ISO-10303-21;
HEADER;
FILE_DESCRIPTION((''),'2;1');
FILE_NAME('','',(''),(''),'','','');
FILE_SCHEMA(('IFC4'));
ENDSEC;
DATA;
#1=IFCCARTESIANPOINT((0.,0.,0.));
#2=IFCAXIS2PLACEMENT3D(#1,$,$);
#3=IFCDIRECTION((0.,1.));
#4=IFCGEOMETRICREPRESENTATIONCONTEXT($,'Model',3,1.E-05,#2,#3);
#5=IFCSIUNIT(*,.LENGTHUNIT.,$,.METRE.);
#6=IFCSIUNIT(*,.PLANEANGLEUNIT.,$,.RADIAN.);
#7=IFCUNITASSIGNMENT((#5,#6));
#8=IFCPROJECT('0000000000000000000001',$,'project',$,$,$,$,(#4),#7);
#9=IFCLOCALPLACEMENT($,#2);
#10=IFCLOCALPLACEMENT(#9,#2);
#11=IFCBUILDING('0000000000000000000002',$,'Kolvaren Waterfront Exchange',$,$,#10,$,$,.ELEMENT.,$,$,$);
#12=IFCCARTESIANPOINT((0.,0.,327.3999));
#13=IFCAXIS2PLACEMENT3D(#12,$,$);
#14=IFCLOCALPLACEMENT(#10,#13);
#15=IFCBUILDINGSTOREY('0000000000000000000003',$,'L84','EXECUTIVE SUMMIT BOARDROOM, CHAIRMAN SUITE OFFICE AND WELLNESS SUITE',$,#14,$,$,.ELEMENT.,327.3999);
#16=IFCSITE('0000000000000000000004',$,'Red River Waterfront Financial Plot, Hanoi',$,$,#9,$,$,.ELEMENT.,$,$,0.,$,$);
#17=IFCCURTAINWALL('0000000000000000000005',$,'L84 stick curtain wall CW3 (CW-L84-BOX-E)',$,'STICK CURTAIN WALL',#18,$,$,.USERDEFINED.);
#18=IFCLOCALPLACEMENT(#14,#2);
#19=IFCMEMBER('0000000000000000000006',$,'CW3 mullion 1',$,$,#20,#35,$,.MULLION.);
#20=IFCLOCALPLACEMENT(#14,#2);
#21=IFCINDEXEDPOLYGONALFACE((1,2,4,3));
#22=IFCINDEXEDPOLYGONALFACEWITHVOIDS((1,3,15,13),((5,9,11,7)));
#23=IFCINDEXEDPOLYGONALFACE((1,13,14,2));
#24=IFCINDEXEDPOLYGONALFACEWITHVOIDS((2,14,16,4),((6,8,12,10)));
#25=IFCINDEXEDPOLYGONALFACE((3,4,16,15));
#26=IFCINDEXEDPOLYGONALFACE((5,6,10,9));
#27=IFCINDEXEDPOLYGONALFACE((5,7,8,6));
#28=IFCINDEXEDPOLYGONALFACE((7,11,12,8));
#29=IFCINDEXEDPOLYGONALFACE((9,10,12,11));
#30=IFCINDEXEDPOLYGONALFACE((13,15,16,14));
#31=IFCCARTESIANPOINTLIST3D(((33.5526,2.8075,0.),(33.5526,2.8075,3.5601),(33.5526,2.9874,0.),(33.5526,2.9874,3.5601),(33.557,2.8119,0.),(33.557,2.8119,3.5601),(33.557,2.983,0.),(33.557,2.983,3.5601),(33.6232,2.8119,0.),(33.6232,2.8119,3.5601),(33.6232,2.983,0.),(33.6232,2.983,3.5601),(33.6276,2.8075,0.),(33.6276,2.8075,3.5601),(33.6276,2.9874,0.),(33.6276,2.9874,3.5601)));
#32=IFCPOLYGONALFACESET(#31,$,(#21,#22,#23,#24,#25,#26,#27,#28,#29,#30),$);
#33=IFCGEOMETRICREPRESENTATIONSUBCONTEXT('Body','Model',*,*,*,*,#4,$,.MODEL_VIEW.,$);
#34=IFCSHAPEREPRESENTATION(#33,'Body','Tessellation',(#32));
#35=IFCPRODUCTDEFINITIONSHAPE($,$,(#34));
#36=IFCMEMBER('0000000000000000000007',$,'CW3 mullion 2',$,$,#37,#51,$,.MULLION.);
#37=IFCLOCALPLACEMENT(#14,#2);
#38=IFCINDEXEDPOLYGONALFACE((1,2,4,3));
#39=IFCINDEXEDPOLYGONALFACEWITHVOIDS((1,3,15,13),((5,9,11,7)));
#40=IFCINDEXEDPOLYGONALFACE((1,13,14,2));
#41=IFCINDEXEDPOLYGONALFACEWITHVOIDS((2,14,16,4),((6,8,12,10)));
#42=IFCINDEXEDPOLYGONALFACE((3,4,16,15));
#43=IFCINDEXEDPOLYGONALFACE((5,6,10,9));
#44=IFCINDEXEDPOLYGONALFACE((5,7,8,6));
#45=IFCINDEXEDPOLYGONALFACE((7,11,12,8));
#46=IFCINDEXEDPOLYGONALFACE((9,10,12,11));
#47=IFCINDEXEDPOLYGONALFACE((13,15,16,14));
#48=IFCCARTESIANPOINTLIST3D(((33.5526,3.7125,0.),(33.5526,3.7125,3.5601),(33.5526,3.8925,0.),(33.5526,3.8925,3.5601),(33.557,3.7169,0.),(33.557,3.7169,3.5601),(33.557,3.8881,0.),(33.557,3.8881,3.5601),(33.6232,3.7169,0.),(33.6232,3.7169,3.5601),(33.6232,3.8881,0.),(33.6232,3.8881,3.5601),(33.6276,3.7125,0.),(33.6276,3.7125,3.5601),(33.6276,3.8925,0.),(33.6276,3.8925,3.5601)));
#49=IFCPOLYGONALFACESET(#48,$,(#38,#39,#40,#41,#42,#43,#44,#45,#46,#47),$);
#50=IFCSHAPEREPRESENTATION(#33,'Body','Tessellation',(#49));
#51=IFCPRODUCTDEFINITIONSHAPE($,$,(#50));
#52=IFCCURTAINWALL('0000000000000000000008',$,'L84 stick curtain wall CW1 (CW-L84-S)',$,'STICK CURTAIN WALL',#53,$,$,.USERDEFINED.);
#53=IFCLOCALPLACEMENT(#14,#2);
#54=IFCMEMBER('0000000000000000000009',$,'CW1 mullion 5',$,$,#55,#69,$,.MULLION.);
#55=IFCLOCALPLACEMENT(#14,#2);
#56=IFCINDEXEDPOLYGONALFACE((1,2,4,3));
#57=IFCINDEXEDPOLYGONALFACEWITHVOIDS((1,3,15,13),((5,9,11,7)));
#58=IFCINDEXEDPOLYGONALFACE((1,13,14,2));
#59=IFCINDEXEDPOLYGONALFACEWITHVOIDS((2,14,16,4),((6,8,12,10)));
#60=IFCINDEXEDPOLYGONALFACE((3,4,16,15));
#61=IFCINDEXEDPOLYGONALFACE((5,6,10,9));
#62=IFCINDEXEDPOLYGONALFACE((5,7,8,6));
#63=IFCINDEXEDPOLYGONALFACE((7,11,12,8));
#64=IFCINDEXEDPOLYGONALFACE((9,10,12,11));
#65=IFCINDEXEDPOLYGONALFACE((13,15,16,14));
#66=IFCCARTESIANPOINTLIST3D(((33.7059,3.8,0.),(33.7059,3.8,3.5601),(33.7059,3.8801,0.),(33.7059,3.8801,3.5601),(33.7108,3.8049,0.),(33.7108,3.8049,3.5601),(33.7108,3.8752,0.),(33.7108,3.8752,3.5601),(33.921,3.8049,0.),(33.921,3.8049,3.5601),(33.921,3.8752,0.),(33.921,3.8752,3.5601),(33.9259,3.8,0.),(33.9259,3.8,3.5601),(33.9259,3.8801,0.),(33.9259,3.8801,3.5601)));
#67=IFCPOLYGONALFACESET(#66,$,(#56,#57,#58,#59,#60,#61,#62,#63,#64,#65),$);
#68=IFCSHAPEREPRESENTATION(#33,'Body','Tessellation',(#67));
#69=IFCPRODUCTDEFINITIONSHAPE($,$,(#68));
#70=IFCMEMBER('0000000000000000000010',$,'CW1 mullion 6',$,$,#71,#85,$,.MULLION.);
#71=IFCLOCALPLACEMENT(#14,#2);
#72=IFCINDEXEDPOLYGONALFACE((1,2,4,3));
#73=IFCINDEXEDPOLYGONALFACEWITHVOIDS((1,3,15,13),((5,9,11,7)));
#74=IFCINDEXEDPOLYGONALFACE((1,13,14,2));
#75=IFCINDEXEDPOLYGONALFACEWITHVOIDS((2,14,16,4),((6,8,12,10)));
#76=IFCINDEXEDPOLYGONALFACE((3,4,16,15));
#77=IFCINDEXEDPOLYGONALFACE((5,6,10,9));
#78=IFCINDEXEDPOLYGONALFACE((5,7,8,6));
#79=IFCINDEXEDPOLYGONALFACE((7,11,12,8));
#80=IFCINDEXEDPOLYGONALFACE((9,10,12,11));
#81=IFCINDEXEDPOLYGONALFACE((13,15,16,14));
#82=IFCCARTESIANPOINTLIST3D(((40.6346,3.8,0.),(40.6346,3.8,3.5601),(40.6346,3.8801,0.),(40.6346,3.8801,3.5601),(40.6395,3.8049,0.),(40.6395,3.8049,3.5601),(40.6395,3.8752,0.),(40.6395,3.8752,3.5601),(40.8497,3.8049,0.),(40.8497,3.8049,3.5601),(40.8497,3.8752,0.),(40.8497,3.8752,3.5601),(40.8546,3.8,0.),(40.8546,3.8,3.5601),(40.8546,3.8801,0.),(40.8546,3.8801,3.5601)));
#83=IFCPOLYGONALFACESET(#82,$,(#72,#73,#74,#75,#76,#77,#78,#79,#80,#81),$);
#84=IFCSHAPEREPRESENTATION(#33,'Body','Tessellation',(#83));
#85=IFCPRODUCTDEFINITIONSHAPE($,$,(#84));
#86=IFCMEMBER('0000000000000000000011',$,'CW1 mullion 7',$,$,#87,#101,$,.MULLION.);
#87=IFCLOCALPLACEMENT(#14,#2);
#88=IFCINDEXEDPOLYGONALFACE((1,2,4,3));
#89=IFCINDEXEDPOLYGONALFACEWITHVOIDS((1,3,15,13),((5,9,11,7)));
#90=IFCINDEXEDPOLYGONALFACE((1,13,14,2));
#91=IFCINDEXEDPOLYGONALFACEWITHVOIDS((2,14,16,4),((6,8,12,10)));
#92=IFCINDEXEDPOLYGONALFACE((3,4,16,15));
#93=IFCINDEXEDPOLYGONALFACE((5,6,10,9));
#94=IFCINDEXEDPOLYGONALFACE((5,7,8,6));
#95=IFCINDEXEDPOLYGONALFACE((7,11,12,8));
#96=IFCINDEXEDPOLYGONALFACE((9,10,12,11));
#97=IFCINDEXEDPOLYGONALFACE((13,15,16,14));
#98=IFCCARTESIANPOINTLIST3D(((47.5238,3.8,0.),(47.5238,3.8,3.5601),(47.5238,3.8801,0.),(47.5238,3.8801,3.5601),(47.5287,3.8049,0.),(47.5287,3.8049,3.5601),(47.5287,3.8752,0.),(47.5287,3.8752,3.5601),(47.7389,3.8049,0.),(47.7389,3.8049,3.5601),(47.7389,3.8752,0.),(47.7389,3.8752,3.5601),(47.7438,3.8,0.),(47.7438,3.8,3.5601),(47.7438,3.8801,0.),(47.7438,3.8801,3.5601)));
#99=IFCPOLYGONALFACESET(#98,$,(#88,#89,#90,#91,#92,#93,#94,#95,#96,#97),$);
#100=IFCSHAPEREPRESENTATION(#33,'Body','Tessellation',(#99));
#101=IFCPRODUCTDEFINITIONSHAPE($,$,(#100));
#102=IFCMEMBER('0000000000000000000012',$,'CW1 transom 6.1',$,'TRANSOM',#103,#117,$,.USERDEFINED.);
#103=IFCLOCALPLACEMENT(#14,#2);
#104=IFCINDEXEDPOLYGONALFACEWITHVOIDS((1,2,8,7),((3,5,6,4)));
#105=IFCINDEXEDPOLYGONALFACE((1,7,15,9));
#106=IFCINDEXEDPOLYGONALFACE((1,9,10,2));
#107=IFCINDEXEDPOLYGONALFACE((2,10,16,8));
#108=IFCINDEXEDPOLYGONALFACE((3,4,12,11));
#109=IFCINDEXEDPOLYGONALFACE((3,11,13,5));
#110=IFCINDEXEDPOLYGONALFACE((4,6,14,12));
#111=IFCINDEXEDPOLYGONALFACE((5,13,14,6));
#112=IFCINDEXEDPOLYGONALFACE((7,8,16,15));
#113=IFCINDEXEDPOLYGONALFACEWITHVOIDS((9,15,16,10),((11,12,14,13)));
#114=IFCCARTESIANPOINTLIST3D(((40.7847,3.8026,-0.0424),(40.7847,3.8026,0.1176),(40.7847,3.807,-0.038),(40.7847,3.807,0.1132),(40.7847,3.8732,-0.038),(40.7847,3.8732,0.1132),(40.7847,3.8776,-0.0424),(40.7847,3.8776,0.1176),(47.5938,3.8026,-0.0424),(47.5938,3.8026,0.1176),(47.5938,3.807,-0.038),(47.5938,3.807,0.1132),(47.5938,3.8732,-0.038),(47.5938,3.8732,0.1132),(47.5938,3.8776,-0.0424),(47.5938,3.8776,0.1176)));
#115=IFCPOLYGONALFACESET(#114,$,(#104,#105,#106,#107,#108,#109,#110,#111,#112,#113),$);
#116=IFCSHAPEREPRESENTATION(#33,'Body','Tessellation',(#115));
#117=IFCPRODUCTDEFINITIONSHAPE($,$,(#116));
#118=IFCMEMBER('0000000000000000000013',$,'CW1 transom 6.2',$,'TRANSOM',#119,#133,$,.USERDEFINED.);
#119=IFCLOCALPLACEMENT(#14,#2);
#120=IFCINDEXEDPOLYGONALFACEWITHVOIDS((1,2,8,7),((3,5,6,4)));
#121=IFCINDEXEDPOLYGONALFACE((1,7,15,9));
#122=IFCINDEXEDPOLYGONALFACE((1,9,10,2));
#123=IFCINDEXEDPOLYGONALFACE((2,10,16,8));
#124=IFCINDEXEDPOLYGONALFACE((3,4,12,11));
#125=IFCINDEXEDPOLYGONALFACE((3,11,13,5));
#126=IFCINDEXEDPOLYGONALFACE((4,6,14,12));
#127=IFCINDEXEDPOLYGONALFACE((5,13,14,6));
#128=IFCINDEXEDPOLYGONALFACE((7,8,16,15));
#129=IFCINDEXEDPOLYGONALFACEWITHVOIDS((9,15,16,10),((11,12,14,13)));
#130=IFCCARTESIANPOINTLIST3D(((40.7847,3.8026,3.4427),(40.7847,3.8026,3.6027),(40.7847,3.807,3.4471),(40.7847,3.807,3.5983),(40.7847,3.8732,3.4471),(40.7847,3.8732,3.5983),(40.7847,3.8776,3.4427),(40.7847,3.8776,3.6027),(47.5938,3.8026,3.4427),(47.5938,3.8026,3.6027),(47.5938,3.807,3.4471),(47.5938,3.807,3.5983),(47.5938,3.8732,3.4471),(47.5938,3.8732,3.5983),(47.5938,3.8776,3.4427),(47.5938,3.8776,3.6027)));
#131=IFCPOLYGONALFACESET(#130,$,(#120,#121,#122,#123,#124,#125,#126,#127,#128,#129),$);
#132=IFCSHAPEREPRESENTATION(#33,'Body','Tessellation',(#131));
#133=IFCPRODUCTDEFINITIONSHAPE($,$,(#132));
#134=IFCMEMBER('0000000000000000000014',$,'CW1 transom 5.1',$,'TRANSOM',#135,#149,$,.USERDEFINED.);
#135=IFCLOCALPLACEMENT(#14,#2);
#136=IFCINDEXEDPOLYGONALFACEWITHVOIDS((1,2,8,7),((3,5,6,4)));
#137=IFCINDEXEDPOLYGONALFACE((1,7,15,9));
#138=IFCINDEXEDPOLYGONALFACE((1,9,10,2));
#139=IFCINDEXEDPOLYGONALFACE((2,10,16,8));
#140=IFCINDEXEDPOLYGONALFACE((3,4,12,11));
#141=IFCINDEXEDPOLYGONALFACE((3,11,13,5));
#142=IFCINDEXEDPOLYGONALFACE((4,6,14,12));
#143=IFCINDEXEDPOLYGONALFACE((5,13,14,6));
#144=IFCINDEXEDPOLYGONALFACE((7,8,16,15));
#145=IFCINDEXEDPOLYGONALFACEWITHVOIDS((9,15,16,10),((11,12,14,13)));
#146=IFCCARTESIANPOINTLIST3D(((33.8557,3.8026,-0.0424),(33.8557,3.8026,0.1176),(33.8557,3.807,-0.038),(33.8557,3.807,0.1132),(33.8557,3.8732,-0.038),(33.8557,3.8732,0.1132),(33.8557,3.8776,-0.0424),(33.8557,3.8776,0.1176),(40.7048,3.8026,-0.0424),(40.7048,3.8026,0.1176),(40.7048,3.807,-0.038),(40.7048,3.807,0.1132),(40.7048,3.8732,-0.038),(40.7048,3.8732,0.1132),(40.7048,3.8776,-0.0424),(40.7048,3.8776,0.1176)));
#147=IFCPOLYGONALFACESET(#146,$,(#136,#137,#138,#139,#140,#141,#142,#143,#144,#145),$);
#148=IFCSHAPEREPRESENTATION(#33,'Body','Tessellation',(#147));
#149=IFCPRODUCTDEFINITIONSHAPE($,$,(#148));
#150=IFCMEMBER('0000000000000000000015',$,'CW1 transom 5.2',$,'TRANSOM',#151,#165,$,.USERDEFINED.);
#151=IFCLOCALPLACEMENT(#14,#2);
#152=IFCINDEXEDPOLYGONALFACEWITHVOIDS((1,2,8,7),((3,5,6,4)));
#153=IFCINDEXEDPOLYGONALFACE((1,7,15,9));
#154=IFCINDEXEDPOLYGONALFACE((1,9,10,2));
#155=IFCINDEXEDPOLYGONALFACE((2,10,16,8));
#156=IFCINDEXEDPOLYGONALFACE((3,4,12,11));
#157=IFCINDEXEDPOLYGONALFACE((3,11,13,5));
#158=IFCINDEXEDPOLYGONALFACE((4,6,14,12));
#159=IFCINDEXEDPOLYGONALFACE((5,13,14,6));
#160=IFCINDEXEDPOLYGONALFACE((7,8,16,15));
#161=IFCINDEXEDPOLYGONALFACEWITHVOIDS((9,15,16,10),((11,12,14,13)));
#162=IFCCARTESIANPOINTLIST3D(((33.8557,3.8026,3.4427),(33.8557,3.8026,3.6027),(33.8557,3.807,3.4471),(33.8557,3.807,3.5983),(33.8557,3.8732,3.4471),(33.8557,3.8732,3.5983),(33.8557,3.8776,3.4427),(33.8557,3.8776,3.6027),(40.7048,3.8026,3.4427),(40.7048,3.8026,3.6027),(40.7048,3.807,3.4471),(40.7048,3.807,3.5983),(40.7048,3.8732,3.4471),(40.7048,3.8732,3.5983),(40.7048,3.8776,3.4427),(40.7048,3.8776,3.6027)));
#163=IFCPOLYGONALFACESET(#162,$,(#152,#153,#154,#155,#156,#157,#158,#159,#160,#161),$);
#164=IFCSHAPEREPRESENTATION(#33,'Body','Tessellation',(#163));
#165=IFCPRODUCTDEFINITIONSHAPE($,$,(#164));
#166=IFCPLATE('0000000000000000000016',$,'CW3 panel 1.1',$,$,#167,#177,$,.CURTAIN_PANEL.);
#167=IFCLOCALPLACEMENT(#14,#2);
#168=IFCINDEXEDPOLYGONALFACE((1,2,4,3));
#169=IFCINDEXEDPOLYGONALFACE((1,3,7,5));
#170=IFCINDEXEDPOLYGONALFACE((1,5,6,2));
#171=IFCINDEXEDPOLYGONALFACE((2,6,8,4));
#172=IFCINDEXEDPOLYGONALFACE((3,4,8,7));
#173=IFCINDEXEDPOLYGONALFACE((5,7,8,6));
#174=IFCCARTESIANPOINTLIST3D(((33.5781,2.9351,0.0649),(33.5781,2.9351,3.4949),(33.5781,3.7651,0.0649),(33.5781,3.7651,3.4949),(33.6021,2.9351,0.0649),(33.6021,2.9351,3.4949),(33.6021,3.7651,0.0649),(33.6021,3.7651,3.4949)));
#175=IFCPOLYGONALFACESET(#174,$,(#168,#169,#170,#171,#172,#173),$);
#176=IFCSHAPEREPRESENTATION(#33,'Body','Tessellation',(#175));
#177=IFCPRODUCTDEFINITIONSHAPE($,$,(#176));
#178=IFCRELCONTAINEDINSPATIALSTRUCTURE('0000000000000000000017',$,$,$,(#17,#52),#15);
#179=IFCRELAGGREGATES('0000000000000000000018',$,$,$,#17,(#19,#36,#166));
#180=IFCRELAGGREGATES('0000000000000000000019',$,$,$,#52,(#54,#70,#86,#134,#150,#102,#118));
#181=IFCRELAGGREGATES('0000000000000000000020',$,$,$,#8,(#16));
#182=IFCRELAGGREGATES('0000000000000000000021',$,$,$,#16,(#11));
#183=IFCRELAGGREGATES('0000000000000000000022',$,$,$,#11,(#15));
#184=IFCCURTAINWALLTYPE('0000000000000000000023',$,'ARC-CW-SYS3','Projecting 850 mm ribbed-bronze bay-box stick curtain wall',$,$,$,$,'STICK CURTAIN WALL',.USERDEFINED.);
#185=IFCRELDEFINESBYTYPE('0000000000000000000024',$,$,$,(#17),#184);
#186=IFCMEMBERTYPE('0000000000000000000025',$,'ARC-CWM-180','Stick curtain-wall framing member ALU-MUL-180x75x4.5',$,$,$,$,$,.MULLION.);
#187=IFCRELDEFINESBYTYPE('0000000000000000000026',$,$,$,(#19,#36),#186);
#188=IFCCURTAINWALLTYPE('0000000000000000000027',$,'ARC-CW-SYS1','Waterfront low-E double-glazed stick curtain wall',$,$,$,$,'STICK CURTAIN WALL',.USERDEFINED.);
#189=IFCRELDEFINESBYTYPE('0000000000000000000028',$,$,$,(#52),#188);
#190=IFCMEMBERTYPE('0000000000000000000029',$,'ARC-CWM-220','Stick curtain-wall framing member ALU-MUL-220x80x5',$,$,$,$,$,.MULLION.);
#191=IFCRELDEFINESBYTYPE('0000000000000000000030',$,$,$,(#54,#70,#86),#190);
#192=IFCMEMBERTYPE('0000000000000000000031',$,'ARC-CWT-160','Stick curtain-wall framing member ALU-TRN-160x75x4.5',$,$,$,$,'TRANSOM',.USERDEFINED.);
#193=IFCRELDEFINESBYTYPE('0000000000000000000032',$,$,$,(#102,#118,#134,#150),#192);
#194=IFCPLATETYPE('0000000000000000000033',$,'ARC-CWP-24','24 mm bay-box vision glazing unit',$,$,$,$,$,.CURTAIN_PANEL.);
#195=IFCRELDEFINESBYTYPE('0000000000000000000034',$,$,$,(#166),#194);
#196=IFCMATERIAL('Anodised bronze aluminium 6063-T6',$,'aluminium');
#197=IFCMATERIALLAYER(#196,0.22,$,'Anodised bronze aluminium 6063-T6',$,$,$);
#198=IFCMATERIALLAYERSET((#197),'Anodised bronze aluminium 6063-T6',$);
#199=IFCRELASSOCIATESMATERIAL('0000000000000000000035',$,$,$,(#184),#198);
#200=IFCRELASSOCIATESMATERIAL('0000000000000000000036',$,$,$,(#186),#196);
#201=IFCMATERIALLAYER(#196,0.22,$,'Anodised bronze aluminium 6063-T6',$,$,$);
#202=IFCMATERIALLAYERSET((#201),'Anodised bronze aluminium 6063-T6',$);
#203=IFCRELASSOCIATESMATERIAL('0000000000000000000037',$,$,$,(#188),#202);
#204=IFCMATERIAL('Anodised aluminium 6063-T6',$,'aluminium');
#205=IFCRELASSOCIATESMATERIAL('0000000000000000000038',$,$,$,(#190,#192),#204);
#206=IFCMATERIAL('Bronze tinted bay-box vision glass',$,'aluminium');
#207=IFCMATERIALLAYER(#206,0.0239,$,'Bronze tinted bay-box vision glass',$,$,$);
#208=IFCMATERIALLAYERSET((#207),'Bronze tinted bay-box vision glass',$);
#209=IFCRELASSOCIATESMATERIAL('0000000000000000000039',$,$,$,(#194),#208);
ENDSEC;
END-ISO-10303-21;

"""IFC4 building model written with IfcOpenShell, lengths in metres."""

from ifc_helpers import new_model, si_unit, direction, frame, origin, origin_with_axes, origin_2d, place, context, subcontext, project, spatial, rectangle, hollow_rectangle, extrude, source, transform, mapped, material, layer, layer_set, material_profile, profile_set, type_object, element, aggregate, save


model = new_model("IFC4")

# Units and contexts
model_context = context("Model", 3, precision=1e-05, world=origin(), true_north=direction((0.0, 1.0)))
body_context = subcontext(model_context, "Body", "Model", "MODEL_VIEW")
ifc_project = project(units=[si_unit("LENGTHUNIT", "METRE"), si_unit("PLANEANGLEUNIT", "RADIAN")], contexts=[model_context])

# Site, building, storey
site_placement = place(None, origin())
site = spatial("IfcSite", under=ifc_project, at=site_placement, Name="Red River Waterfront Financial Plot, Hanoi", CompositionType="ELEMENT", RefElevation=0.0)
building_placement = place(site_placement, origin())
building = spatial("IfcBuilding", under=site, at=building_placement, Name="Kolvaren Waterfront Exchange", CompositionType="ELEMENT")
storey_placement = place(building_placement, frame((0.0, 0.0, 327.3999)))
storey = spatial("IfcBuildingStorey", under=building, at=storey_placement, Name="L84", Description="EXECUTIVE SUMMIT BOARDROOM, CHAIRMAN SUITE OFFICE AND WELLNESS SUITE", CompositionType="ELEMENT", Elevation=327.3999)

# Curtain wall
ifc_material_1 = material(Name="Anodised bronze aluminium 6063-T6", Category="aluminium")
ifc_layer_1 = layer(ifc_material_1, 0.22, Name="Anodised bronze aluminium 6063-T6")
ifc_layer_set_1 = layer_set([ifc_layer_1], Name="Anodised bronze aluminium 6063-T6")
curtain_wall_type_1 = type_object("IfcCurtainWallType", Name="ARC-CW-SYS3", Description="Projecting 850 mm ribbed-bronze bay-box stick curtain wall", ElementType="STICK CURTAIN WALL", PredefinedType="USERDEFINED", material=ifc_layer_set_1)
curtain_wall_1_placement = place(storey_placement, origin())
curtain_wall_1 = element("IfcCurtainWall", 1, at=curtain_wall_1_placement, inside=storey, type_object=curtain_wall_type_1, Name="L84 stick curtain wall CW3 (CW-L84-BOX-E)", ObjectType="STICK CURTAIN WALL", PredefinedType="USERDEFINED")

# Members
ifc_material_profile_1 = material_profile(ifc_material_1, hollow_rectangle(XDim=0.075, YDim=0.1799, WallThickness=0.0044, at=origin_2d()), Name="ALU-MUL-180x75x4.5")
ifc_profile_set_1 = profile_set([ifc_material_profile_1], Name="Anodised bronze aluminium 6063-T6")
member_type_1 = type_object("IfcMemberType", Name="ARC-CWM-180", Description="Stick curtain-wall framing member ALU-MUL-180x75x4.5", PredefinedType="MULLION", material=ifc_profile_set_1)
shared_shape_1 = source(origin_with_axes(), body_context, "Body", "SweptSolid", [
    extrude(hollow_rectangle(XDim=0.075, YDim=0.1799, WallThickness=0.0044, at=origin_2d()), origin(), (0.0, 0.0, 1.0), 3.5601),
])
member_1_placement = place(storey_placement, frame((33.5901, 2.8975, 0.0), z_axis=(0.0, 0.0, 1.0), x_axis=(-1.0, 0.0, 0.0)))
member_1 = element("IfcMember", 2, at=member_1_placement, type_object=member_type_1, Name="CW3 mullion 1", PredefinedType="MULLION", context=body_context, shape_type="MappedRepresentation", body=[
    mapped(shared_shape_1, transform((0.0, 0.0, 0.0), x_axis=(1.0, 0.0, 0.0), y_axis=(0.0, 1.0, 0.0), z_axis=(0.0, 0.0, 1.0), scale=1.0)),
])
member_2_placement = place(storey_placement, frame((33.5901, 3.8025, 0.0), z_axis=(0.0, 0.0, 1.0), x_axis=(-1.0, 0.0, 0.0)))
member_2 = element("IfcMember", 3, at=member_2_placement, type_object=member_type_1, Name="CW3 mullion 2", PredefinedType="MULLION", context=body_context, shape_type="MappedRepresentation", body=[
    mapped(shared_shape_1, transform((0.0, 0.0, 0.0), x_axis=(1.0, 0.0, 0.0), y_axis=(0.0, 1.0, 0.0), z_axis=(0.0, 0.0, 1.0), scale=1.0)),
])

# Curtain wall, members
ifc_layer_2 = layer(ifc_material_1, 0.22, Name="Anodised bronze aluminium 6063-T6")
ifc_layer_set_2 = layer_set([ifc_layer_2], Name="Anodised bronze aluminium 6063-T6")
curtain_wall_type_2 = type_object("IfcCurtainWallType", Name="ARC-CW-SYS1", Description="Waterfront low-E double-glazed stick curtain wall", ElementType="STICK CURTAIN WALL", PredefinedType="USERDEFINED", material=ifc_layer_set_2)
curtain_wall_2_placement = place(storey_placement, origin())
curtain_wall_2 = element("IfcCurtainWall", 4, at=curtain_wall_2_placement, inside=storey, type_object=curtain_wall_type_2, Name="L84 stick curtain wall CW1 (CW-L84-S)", ObjectType="STICK CURTAIN WALL", PredefinedType="USERDEFINED")
ifc_material_2 = material(Name="Anodised aluminium 6063-T6", Category="aluminium")
ifc_material_profile_2 = material_profile(ifc_material_2, hollow_rectangle(XDim=0.0801, YDim=0.22, WallThickness=0.0049, at=origin_2d()), Name="ALU-MUL-220x80x5")
ifc_profile_set_2 = profile_set([ifc_material_profile_2], Name="Anodised aluminium 6063-T6")
member_type_2 = type_object("IfcMemberType", Name="ARC-CWM-220", Description="Stick curtain-wall framing member ALU-MUL-220x80x5", PredefinedType="MULLION", material=ifc_profile_set_2)
shared_shape_2 = source(origin_with_axes(), body_context, "Body", "SweptSolid", [
    extrude(hollow_rectangle(XDim=0.0801, YDim=0.22, WallThickness=0.0049, at=origin_2d()), origin(), (0.0, 0.0, 1.0), 3.5601),
])
member_3_placement = place(storey_placement, frame((33.8159, 3.8401, 0.0), z_axis=(0.0, 0.0, 1.0), x_axis=(0.0, 1.0, 0.0)))
member_3 = element("IfcMember", 5, at=member_3_placement, type_object=member_type_2, Name="CW1 mullion 5", PredefinedType="MULLION", context=body_context, shape_type="MappedRepresentation", body=[
    mapped(shared_shape_2, transform((0.0, 0.0, 0.0), x_axis=(1.0, 0.0, 0.0), y_axis=(0.0, 1.0, 0.0), z_axis=(0.0, 0.0, 1.0), scale=1.0)),
])
member_4_placement = place(storey_placement, frame((40.7446, 3.8401, 0.0), z_axis=(0.0, 0.0, 1.0), x_axis=(0.0, 1.0, 0.0)))
member_4 = element("IfcMember", 6, at=member_4_placement, type_object=member_type_2, Name="CW1 mullion 6", PredefinedType="MULLION", context=body_context, shape_type="MappedRepresentation", body=[
    mapped(shared_shape_2, transform((0.0, 0.0, 0.0), x_axis=(1.0, 0.0, 0.0), y_axis=(0.0, 1.0, 0.0), z_axis=(0.0, 0.0, 1.0), scale=1.0)),
])
member_5_placement = place(storey_placement, frame((47.6338, 3.8401, 0.0), z_axis=(0.0, 0.0, 1.0), x_axis=(0.0, 1.0, 0.0)))
member_5 = element("IfcMember", 7, at=member_5_placement, type_object=member_type_2, Name="CW1 mullion 7", PredefinedType="MULLION", context=body_context, shape_type="MappedRepresentation", body=[
    mapped(shared_shape_2, transform((0.0, 0.0, 0.0), x_axis=(1.0, 0.0, 0.0), y_axis=(0.0, 1.0, 0.0), z_axis=(0.0, 0.0, 1.0), scale=1.0)),
])
ifc_material_profile_3 = material_profile(ifc_material_2, hollow_rectangle(XDim=0.075, YDim=0.1599, WallThickness=0.0044, at=origin_2d()), Name="ALU-TRN-160x75x4.5")
ifc_profile_set_3 = profile_set([ifc_material_profile_3], Name="Anodised aluminium 6063-T6")
member_type_3 = type_object("IfcMemberType", Name="ARC-CWT-160", Description="Stick curtain-wall framing member ALU-TRN-160x75x4.5", ElementType="TRANSOM", PredefinedType="USERDEFINED", material=ifc_profile_set_3)
shared_shape_3 = source(origin_with_axes(), body_context, "Body", "SweptSolid", [
    extrude(hollow_rectangle(XDim=0.075, YDim=0.1599, WallThickness=0.0044, at=origin_2d()), origin(), (0.0, 0.0, 1.0), 6.8091),
])
member_6_placement = place(storey_placement, frame((40.7847, 3.8401, 0.0376), z_axis=(1.0, 0.0, 0.0), x_axis=(0.0, 1.0, 0.0)))
member_6 = element("IfcMember", 8, at=member_6_placement, type_object=member_type_3, Name="CW1 transom 6.1", ObjectType="TRANSOM", PredefinedType="USERDEFINED", context=body_context, shape_type="MappedRepresentation", body=[
    mapped(shared_shape_3, transform((0.0, 0.0, 0.0), x_axis=(1.0, 0.0, 0.0), y_axis=(0.0, 1.0, 0.0), z_axis=(0.0, 0.0, 1.0), scale=1.0)),
])
member_7_placement = place(storey_placement, frame((40.7847, 3.8401, 3.5227), z_axis=(1.0, 0.0, 0.0), x_axis=(0.0, 1.0, 0.0)))
member_7 = element("IfcMember", 9, at=member_7_placement, type_object=member_type_3, Name="CW1 transom 6.2", ObjectType="TRANSOM", PredefinedType="USERDEFINED", context=body_context, shape_type="MappedRepresentation", body=[
    mapped(shared_shape_3, transform((0.0, 0.0, 0.0), x_axis=(1.0, 0.0, 0.0), y_axis=(0.0, 1.0, 0.0), z_axis=(0.0, 0.0, 1.0), scale=1.0)),
])
shared_shape_4 = source(origin_with_axes(), body_context, "Body", "SweptSolid", [
    extrude(hollow_rectangle(XDim=0.075, YDim=0.1599, WallThickness=0.0044, at=origin_2d()), origin(), (0.0, 0.0, 1.0), 6.8491),
])
member_8_placement = place(storey_placement, frame((33.8557, 3.8401, 0.0376), z_axis=(1.0, 0.0, 0.0), x_axis=(0.0, 1.0, 0.0)))
member_8 = element("IfcMember", 10, at=member_8_placement, type_object=member_type_3, Name="CW1 transom 5.1", ObjectType="TRANSOM", PredefinedType="USERDEFINED", context=body_context, shape_type="MappedRepresentation", body=[
    mapped(shared_shape_4, transform((0.0, 0.0, 0.0), x_axis=(1.0, 0.0, 0.0), y_axis=(0.0, 1.0, 0.0), z_axis=(0.0, 0.0, 1.0), scale=1.0)),
])
member_9_placement = place(storey_placement, frame((33.8557, 3.8401, 3.5227), z_axis=(1.0, 0.0, 0.0), x_axis=(0.0, 1.0, 0.0)))
member_9 = element("IfcMember", 11, at=member_9_placement, type_object=member_type_3, Name="CW1 transom 5.2", ObjectType="TRANSOM", PredefinedType="USERDEFINED", context=body_context, shape_type="MappedRepresentation", body=[
    mapped(shared_shape_4, transform((0.0, 0.0, 0.0), x_axis=(1.0, 0.0, 0.0), y_axis=(0.0, 1.0, 0.0), z_axis=(0.0, 0.0, 1.0), scale=1.0)),
])

# Plate
ifc_material_3 = material(Name="Bronze tinted bay-box vision glass", Category="aluminium")
ifc_layer_3 = layer(ifc_material_3, 0.0239, Name="Bronze tinted bay-box vision glass")
ifc_layer_set_3 = layer_set([ifc_layer_3], Name="Bronze tinted bay-box vision glass")
plate_type_1 = type_object("IfcPlateType", Name="ARC-CWP-24", Description="24 mm bay-box vision glazing unit", PredefinedType="CURTAIN_PANEL", material=ifc_layer_set_3)
shared_shape_5 = source(origin_with_axes(), body_context, "Body", "SweptSolid", [
    extrude(rectangle(XDim=0.8301, YDim=0.0239, at=origin_2d()), origin(), (0.0, 0.0, 1.0), 3.4299),
])
plate_1_placement = place(storey_placement, frame((33.5901, 3.3501, 0.0649), z_axis=(0.0, 0.0, 1.0), x_axis=(0.0, 1.0, 0.0)))
plate_1 = element("IfcPlate", 12, at=plate_1_placement, type_object=plate_type_1, Name="CW3 panel 1.1", PredefinedType="CURTAIN_PANEL", context=body_context, shape_type="MappedRepresentation", body=[
    mapped(shared_shape_5, transform((0.0, 0.0, 0.0), x_axis=(1.0, 0.0, 0.0), y_axis=(0.0, 1.0, 0.0), z_axis=(0.0, 0.0, 1.0), scale=1.0)),
])
aggregate(curtain_wall_1, [member_1, member_2, plate_1])
aggregate(curtain_wall_2, [member_3, member_4, member_5, member_8, member_9, member_6, member_7])

save(model, "model.ifc")
